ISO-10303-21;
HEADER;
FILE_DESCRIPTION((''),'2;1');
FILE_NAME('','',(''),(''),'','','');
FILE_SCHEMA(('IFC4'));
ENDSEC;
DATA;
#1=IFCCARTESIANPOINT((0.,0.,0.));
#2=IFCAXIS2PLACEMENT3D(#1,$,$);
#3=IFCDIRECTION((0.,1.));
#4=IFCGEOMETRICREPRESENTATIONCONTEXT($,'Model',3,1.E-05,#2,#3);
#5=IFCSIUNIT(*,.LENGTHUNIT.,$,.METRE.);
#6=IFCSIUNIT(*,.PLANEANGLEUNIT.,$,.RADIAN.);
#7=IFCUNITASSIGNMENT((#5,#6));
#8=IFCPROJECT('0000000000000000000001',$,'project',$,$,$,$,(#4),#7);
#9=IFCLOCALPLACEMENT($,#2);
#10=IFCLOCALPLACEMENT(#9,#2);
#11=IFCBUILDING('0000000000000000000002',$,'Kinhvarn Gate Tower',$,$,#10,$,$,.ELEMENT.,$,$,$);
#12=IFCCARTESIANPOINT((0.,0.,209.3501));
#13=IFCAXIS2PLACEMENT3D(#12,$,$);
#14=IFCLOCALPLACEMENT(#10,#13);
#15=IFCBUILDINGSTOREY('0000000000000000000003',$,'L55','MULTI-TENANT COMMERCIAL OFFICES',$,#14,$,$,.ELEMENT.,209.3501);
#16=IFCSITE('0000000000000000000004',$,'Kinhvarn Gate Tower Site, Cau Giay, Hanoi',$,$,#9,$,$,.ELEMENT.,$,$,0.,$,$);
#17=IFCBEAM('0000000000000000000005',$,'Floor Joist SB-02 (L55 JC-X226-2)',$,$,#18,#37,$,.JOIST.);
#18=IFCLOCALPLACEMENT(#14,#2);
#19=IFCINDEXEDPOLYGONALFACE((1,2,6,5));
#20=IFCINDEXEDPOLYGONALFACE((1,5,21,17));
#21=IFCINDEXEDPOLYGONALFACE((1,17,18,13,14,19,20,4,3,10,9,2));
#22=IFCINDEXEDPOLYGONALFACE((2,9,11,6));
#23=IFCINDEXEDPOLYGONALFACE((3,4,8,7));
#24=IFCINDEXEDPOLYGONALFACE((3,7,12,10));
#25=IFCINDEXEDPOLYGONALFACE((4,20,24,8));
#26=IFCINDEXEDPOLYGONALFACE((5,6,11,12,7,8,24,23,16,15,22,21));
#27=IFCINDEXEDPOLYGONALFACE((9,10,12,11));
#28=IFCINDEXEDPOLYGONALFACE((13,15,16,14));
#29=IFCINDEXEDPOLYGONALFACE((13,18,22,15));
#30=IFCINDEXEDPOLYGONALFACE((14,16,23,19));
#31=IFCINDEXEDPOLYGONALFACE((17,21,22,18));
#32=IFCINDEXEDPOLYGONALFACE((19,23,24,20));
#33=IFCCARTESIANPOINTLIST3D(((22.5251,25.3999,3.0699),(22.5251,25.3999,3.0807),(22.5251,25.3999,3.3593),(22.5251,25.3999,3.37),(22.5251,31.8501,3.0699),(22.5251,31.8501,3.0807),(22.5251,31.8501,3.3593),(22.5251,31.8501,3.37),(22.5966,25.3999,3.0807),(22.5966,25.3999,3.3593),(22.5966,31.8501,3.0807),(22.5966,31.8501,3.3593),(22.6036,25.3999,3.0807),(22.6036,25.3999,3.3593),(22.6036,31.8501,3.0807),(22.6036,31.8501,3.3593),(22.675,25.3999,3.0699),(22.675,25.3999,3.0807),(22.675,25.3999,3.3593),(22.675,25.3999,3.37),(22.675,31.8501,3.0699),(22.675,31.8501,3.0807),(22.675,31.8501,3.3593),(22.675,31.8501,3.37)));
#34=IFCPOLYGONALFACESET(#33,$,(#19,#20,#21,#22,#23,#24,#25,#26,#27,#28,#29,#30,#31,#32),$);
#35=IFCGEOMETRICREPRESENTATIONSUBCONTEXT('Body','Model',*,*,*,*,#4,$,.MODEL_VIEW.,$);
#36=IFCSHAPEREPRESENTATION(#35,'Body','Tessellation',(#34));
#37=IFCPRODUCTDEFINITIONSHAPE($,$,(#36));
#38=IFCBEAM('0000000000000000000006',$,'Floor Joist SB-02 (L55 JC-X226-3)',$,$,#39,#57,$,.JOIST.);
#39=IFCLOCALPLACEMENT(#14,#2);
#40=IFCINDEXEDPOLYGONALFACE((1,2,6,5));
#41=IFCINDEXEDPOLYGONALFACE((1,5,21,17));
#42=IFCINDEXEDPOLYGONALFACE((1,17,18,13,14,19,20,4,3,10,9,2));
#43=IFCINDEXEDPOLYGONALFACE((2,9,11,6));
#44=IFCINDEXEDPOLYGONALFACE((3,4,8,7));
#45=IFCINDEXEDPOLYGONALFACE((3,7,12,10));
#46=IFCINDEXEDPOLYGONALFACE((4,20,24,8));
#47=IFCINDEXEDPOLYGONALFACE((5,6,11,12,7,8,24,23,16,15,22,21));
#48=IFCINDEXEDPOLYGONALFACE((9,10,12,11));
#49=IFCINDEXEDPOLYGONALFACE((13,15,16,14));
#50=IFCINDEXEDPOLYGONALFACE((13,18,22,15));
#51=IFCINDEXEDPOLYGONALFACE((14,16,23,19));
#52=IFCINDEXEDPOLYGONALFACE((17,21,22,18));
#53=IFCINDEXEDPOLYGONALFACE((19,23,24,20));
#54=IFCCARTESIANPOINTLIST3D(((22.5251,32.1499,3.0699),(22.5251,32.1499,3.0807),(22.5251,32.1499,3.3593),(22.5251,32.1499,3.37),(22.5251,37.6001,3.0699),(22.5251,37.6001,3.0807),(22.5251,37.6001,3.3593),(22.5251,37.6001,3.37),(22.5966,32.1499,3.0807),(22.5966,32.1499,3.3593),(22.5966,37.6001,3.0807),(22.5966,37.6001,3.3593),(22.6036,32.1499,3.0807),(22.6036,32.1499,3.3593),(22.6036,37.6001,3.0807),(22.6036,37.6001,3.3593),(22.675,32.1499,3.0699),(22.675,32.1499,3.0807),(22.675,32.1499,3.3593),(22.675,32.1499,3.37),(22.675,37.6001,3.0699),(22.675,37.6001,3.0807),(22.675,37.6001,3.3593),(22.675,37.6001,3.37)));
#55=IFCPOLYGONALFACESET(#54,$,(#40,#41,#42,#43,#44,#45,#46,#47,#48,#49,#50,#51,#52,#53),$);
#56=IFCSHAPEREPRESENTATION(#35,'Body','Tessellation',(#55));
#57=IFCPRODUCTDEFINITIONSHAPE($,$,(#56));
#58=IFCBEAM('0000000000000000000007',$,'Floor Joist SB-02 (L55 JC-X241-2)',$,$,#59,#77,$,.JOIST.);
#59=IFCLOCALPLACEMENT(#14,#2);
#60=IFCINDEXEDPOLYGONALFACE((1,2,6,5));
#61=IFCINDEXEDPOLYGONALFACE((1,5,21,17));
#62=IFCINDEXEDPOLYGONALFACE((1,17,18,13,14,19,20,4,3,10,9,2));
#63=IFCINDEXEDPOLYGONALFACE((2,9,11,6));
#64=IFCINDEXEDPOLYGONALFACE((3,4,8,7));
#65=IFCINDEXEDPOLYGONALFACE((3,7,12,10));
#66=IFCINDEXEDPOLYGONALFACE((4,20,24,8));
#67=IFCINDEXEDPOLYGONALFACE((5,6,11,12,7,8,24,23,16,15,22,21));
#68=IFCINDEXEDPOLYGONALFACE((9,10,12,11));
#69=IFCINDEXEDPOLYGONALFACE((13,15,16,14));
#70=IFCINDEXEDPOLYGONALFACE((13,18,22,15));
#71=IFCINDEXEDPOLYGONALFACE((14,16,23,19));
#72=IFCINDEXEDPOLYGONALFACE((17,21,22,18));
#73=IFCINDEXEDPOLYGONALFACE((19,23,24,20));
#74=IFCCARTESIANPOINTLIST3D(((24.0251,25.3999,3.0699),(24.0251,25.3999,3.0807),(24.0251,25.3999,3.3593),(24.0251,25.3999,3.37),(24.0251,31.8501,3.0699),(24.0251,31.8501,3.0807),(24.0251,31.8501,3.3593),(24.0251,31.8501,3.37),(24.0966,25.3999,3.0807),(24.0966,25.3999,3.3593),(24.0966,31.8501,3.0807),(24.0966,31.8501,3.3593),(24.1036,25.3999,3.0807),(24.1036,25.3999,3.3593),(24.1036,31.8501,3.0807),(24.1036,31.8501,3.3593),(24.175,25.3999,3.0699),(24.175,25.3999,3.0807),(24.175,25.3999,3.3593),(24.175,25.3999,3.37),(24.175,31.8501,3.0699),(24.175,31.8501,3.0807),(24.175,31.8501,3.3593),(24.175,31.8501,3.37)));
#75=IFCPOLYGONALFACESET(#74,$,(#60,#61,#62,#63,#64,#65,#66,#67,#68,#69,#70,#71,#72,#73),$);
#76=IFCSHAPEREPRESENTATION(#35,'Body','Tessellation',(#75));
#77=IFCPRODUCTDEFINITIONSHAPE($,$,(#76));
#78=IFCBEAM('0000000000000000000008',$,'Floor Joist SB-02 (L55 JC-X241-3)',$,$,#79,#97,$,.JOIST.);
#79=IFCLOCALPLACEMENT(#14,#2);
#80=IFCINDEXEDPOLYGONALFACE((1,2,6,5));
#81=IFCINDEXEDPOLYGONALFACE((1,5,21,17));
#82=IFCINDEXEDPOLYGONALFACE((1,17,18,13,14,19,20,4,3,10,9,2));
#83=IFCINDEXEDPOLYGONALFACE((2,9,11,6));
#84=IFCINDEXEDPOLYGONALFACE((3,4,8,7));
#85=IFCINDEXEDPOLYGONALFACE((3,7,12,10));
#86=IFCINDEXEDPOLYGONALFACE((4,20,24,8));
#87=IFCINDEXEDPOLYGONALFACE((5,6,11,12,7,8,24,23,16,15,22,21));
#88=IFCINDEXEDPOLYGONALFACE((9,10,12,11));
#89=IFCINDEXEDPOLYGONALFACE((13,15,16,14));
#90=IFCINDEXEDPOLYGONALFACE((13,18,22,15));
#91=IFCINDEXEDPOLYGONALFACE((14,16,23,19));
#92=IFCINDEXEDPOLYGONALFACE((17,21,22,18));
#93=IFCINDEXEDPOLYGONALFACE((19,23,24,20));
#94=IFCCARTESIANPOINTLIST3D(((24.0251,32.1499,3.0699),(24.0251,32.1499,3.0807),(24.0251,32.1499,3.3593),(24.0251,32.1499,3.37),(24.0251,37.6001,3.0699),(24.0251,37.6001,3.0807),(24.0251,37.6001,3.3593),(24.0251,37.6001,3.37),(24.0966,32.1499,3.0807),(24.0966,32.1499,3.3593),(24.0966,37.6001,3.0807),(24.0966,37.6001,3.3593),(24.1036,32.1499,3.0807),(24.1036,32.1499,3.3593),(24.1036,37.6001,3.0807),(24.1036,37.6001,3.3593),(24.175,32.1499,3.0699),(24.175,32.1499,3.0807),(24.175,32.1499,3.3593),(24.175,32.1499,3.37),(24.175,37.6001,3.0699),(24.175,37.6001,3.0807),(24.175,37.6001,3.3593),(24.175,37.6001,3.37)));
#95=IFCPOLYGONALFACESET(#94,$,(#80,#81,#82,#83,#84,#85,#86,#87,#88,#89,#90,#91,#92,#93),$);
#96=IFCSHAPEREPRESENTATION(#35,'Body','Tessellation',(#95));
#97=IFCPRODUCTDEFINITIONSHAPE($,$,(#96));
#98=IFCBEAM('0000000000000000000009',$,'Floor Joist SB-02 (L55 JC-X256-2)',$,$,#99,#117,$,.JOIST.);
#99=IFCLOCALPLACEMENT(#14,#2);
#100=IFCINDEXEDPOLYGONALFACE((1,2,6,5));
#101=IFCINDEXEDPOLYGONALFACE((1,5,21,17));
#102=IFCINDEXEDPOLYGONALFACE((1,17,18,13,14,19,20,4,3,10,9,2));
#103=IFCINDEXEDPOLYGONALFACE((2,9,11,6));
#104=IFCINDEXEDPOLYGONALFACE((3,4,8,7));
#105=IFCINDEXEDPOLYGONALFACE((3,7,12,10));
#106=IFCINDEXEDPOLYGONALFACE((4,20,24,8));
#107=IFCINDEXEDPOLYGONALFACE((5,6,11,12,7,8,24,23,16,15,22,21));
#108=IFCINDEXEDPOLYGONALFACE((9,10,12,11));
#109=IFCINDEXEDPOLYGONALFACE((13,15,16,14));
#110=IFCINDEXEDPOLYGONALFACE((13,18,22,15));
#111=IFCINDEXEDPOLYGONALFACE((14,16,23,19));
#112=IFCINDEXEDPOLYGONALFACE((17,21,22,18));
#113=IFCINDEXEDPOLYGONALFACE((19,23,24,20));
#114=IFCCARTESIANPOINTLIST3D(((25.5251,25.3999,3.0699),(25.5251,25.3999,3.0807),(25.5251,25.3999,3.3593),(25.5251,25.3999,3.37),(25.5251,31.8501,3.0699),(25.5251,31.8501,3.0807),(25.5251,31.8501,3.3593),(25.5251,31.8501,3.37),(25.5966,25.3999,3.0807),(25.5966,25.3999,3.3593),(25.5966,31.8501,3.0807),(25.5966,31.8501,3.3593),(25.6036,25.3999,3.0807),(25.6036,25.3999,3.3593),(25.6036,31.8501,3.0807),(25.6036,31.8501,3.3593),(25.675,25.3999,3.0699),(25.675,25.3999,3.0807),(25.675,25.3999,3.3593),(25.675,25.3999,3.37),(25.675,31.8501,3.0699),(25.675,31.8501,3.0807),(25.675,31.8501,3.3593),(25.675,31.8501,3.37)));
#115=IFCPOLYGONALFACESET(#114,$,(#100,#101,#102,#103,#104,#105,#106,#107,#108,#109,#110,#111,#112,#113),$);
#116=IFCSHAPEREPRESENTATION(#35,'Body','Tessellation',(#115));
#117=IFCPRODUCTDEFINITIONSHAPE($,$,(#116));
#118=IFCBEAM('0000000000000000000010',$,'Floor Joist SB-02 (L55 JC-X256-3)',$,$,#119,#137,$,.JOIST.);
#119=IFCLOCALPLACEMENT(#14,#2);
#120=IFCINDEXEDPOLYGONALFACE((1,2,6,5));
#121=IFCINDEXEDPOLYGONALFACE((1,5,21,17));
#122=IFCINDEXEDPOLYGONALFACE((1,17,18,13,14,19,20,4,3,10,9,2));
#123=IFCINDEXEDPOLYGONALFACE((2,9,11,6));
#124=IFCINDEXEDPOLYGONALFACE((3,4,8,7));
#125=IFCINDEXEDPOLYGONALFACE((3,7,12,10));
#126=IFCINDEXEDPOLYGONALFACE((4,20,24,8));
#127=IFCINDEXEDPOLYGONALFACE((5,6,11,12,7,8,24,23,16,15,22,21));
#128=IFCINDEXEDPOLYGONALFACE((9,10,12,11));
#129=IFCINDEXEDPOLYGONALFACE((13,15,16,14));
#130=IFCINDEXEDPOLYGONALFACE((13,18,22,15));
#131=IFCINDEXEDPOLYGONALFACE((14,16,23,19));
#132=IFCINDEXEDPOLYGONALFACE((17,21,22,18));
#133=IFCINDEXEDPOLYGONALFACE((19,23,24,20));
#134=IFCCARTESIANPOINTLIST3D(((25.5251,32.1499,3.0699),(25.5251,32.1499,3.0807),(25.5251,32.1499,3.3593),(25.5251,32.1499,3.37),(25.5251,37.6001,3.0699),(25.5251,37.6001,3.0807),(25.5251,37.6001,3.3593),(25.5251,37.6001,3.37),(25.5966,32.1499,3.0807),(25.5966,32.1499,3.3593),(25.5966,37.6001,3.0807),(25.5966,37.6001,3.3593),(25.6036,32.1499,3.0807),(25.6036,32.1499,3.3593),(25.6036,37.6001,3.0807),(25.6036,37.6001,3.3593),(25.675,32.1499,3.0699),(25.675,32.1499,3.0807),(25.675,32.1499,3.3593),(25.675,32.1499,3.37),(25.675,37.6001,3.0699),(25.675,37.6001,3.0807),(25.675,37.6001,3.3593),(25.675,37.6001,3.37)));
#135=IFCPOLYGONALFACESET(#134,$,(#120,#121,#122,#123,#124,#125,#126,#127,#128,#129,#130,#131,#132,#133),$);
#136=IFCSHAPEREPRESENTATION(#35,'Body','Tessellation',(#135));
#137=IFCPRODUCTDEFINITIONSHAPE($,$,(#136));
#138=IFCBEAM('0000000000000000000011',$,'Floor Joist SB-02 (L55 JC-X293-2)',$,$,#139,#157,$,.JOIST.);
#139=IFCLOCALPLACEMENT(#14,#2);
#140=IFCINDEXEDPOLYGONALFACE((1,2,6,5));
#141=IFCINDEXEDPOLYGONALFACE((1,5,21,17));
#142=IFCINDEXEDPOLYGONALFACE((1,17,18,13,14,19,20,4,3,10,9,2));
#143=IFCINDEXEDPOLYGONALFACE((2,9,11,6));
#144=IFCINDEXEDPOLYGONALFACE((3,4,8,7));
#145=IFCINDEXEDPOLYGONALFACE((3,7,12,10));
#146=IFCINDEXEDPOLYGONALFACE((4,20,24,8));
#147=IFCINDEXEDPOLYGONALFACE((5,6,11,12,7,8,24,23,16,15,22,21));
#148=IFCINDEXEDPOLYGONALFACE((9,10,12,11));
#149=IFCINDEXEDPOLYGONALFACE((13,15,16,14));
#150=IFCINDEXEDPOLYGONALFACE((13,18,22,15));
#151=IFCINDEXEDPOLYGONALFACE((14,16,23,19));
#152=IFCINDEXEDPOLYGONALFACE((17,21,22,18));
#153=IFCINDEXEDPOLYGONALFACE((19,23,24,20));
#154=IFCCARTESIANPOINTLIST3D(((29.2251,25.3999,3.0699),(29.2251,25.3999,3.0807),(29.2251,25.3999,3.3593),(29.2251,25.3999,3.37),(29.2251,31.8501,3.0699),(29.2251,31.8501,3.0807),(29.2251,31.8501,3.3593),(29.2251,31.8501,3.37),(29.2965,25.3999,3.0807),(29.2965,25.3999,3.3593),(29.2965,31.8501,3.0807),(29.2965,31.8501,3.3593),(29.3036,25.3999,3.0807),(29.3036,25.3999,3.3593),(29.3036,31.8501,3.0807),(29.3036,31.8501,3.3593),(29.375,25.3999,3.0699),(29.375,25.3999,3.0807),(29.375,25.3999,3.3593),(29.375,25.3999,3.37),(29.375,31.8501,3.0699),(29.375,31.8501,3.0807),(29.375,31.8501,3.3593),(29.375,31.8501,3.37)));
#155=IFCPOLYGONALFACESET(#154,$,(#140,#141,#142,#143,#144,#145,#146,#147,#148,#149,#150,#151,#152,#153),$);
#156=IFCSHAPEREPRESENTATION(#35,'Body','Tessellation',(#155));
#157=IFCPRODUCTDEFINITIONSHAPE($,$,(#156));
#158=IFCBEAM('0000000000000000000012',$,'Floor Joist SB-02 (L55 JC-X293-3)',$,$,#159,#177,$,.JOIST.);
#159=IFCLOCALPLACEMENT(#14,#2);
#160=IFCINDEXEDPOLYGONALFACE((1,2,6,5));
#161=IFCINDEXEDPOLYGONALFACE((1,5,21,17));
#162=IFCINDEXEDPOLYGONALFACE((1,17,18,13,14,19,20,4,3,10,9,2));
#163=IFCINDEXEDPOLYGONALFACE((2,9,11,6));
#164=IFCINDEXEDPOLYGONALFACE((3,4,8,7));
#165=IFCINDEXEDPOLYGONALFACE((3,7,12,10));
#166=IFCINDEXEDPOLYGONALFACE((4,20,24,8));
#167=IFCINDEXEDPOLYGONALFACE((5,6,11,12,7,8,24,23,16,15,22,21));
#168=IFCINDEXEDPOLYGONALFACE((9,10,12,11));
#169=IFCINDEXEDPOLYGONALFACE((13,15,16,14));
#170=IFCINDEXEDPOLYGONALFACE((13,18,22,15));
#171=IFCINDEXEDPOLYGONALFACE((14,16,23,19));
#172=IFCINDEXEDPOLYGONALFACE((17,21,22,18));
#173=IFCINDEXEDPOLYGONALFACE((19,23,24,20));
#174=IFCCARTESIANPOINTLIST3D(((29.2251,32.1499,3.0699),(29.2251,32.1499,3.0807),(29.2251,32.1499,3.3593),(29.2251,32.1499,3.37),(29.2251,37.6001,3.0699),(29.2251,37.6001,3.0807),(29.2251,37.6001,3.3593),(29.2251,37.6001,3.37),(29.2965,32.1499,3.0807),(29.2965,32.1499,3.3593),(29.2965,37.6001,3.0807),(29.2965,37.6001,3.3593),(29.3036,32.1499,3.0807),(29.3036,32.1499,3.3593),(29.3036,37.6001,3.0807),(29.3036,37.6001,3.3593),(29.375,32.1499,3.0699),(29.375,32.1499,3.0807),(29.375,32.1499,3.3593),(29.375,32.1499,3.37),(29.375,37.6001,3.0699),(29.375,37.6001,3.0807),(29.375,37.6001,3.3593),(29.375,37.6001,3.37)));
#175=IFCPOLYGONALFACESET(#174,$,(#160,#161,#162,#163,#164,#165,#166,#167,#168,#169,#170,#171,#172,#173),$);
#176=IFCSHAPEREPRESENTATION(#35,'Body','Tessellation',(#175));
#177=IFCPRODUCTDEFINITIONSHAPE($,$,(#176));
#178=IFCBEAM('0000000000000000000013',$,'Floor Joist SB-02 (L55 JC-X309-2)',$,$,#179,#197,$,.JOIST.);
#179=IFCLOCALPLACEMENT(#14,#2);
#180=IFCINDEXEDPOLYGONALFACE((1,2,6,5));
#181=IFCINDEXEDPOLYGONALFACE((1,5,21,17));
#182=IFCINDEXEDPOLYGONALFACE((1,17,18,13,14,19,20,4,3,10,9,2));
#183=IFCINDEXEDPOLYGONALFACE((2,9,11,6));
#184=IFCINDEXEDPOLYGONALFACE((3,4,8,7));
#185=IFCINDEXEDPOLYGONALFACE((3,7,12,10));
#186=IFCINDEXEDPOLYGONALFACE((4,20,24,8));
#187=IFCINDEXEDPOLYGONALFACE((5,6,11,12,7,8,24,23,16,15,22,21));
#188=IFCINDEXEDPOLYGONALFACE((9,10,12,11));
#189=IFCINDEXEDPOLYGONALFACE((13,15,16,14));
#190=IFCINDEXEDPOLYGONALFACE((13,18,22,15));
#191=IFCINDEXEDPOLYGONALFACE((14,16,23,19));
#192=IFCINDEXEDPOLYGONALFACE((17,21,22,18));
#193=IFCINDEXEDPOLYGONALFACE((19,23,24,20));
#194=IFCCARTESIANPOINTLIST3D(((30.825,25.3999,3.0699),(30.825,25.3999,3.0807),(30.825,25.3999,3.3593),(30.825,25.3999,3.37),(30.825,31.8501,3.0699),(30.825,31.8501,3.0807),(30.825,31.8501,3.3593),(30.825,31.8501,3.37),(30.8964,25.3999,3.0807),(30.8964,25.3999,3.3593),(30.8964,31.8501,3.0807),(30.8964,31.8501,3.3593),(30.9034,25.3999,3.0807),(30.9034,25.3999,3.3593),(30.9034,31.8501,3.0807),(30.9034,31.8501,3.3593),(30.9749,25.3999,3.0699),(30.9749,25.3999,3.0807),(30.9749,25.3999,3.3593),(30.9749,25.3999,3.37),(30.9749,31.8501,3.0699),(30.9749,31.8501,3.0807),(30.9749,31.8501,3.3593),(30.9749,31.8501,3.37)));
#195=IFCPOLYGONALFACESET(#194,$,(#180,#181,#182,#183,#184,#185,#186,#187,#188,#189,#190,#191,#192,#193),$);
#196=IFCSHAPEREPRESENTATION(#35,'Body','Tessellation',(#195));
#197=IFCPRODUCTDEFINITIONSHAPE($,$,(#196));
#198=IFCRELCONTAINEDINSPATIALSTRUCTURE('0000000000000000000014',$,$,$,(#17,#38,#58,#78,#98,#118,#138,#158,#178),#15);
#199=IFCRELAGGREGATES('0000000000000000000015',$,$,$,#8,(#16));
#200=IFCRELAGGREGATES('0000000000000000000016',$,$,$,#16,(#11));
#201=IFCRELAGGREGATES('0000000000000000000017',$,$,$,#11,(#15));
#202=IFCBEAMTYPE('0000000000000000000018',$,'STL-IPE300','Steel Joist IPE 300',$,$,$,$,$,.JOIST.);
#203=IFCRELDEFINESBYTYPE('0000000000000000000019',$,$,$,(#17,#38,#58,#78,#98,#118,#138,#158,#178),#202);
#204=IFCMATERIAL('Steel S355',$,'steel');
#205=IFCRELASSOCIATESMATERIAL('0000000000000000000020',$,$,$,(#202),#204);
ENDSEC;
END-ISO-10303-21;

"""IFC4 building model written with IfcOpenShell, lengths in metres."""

from ifc_helpers import new_model, si_unit, direction, frame, origin, origin_2d, place, context, subcontext, project, spatial, i_section, extrude, material, material_profile, profile_set, type_object, element, save


model = new_model("IFC4")

# Units and contexts
model_context = context("Model", 3, precision=1e-05, world=origin(), true_north=direction((0.0, 1.0)))
body_context = subcontext(model_context, "Body", "Model", "MODEL_VIEW")
ifc_project = project(units=[si_unit("LENGTHUNIT", "METRE"), si_unit("PLANEANGLEUNIT", "RADIAN")], contexts=[model_context])

# Site, building, storey
site_placement = place(None, origin())
site = spatial("IfcSite", under=ifc_project, at=site_placement, Name="Kinhvarn Gate Tower Site, Cau Giay, Hanoi", CompositionType="ELEMENT", RefElevation=0.0)
building_placement = place(site_placement, origin())
building = spatial("IfcBuilding", under=site, at=building_placement, Name="Kinhvarn Gate Tower", CompositionType="ELEMENT")
storey_placement = place(building_placement, frame((0.0, 0.0, 209.3501)))
storey = spatial("IfcBuildingStorey", under=building, at=storey_placement, Name="L55", Description="MULTI-TENANT COMMERCIAL OFFICES", CompositionType="ELEMENT", Elevation=209.3501)

# Beams
ifc_material_1 = material(Name="Steel S355", Category="steel")
ifc_material_profile = material_profile(ifc_material_1, i_section(OverallWidth=0.1499, OverallDepth=0.3, WebThickness=0.0071, FlangeThickness=0.0107, at=origin_2d()), Name="IPE 300")
ifc_profile_set = profile_set([ifc_material_profile], Name="Steel S355")
beam_type = type_object("IfcBeamType", Name="STL-IPE300", Description="Steel Joist IPE 300", PredefinedType="JOIST", material=ifc_profile_set)
beam_1_placement = place(storey_placement, frame((22.6001, 25.3999, 3.22), z_axis=(0.0, 1.0, 0.0), x_axis=(-1.0, 0.0, 0.0)))
element("IfcBeam", 1, at=beam_1_placement, inside=storey, type_object=beam_type, Name="Floor Joist SB-02 (L55 JC-X226-2)", PredefinedType="JOIST", context=body_context, shape_type="SweptSolid", body=[
    extrude(i_section(OverallWidth=0.1499, OverallDepth=0.3, WebThickness=0.0071, FlangeThickness=0.0107, at=origin_2d()), origin(), (0.0, 0.0, 1.0), 6.4502),
])
beam_2_placement = place(storey_placement, frame((22.6001, 32.1499, 3.22), z_axis=(0.0, 1.0, 0.0), x_axis=(-1.0, 0.0, 0.0)))
element("IfcBeam", 2, at=beam_2_placement, inside=storey, type_object=beam_type, Name="Floor Joist SB-02 (L55 JC-X226-3)", PredefinedType="JOIST", context=body_context, shape_type="SweptSolid", body=[
    extrude(i_section(OverallWidth=0.1499, OverallDepth=0.3, WebThickness=0.0071, FlangeThickness=0.0107, at=origin_2d()), origin(), (0.0, 0.0, 1.0), 5.4502),
])
beam_3_placement = place(storey_placement, frame((24.1001, 25.3999, 3.22), z_axis=(0.0, 1.0, 0.0), x_axis=(-1.0, 0.0, 0.0)))
element("IfcBeam", 3, at=beam_3_placement, inside=storey, type_object=beam_type, Name="Floor Joist SB-02 (L55 JC-X241-2)", PredefinedType="JOIST", context=body_context, shape_type="SweptSolid", body=[
    extrude(i_section(OverallWidth=0.1499, OverallDepth=0.3, WebThickness=0.0071, FlangeThickness=0.0107, at=origin_2d()), origin(), (0.0, 0.0, 1.0), 6.4502),
])
beam_4_placement = place(storey_placement, frame((24.1001, 32.1499, 3.22), z_axis=(0.0, 1.0, 0.0), x_axis=(-1.0, 0.0, 0.0)))
element("IfcBeam", 4, at=beam_4_placement, inside=storey, type_object=beam_type, Name="Floor Joist SB-02 (L55 JC-X241-3)", PredefinedType="JOIST", context=body_context, shape_type="SweptSolid", body=[
    extrude(i_section(OverallWidth=0.1499, OverallDepth=0.3, WebThickness=0.0071, FlangeThickness=0.0107, at=origin_2d()), origin(), (0.0, 0.0, 1.0), 5.4502),
])
beam_5_placement = place(storey_placement, frame((25.6001, 25.3999, 3.22), z_axis=(0.0, 1.0, 0.0), x_axis=(-1.0, 0.0, 0.0)))
element("IfcBeam", 5, at=beam_5_placement, inside=storey, type_object=beam_type, Name="Floor Joist SB-02 (L55 JC-X256-2)", PredefinedType="JOIST", context=body_context, shape_type="SweptSolid", body=[
    extrude(i_section(OverallWidth=0.1499, OverallDepth=0.3, WebThickness=0.0071, FlangeThickness=0.0107, at=origin_2d()), origin(), (0.0, 0.0, 1.0), 6.4502),
])
beam_6_placement = place(storey_placement, frame((25.6001, 32.1499, 3.22), z_axis=(0.0, 1.0, 0.0), x_axis=(-1.0, 0.0, 0.0)))
element("IfcBeam", 6, at=beam_6_placement, inside=storey, type_object=beam_type, Name="Floor Joist SB-02 (L55 JC-X256-3)", PredefinedType="JOIST", context=body_context, shape_type="SweptSolid", body=[
    extrude(i_section(OverallWidth=0.1499, OverallDepth=0.3, WebThickness=0.0071, FlangeThickness=0.0107, at=origin_2d()), origin(), (0.0, 0.0, 1.0), 5.4502),
])
beam_7_placement = place(storey_placement, frame((29.3, 25.3999, 3.22), z_axis=(0.0, 1.0, 0.0), x_axis=(-1.0, 0.0, 0.0)))
element("IfcBeam", 7, at=beam_7_placement, inside=storey, type_object=beam_type, Name="Floor Joist SB-02 (L55 JC-X293-2)", PredefinedType="JOIST", context=body_context, shape_type="SweptSolid", body=[
    extrude(i_section(OverallWidth=0.1499, OverallDepth=0.3, WebThickness=0.0071, FlangeThickness=0.0107, at=origin_2d()), origin(), (0.0, 0.0, 1.0), 6.4502),
])
beam_8_placement = place(storey_placement, frame((29.3, 32.1499, 3.22), z_axis=(0.0, 1.0, 0.0), x_axis=(-1.0, 0.0, 0.0)))
element("IfcBeam", 8, at=beam_8_placement, inside=storey, type_object=beam_type, Name="Floor Joist SB-02 (L55 JC-X293-3)", PredefinedType="JOIST", context=body_context, shape_type="SweptSolid", body=[
    extrude(i_section(OverallWidth=0.1499, OverallDepth=0.3, WebThickness=0.0071, FlangeThickness=0.0107, at=origin_2d()), origin(), (0.0, 0.0, 1.0), 5.4502),
])
beam_9_placement = place(storey_placement, frame((30.8999, 25.3999, 3.22), z_axis=(0.0, 1.0, 0.0), x_axis=(-1.0, 0.0, 0.0)))
element("IfcBeam", 9, at=beam_9_placement, inside=storey, type_object=beam_type, Name="Floor Joist SB-02 (L55 JC-X309-2)", PredefinedType="JOIST", context=body_context, shape_type="SweptSolid", body=[
    extrude(i_section(OverallWidth=0.1499, OverallDepth=0.3, WebThickness=0.0071, FlangeThickness=0.0107, at=origin_2d()), origin(), (0.0, 0.0, 1.0), 6.4502),
])

save(model, "model.ifc")
